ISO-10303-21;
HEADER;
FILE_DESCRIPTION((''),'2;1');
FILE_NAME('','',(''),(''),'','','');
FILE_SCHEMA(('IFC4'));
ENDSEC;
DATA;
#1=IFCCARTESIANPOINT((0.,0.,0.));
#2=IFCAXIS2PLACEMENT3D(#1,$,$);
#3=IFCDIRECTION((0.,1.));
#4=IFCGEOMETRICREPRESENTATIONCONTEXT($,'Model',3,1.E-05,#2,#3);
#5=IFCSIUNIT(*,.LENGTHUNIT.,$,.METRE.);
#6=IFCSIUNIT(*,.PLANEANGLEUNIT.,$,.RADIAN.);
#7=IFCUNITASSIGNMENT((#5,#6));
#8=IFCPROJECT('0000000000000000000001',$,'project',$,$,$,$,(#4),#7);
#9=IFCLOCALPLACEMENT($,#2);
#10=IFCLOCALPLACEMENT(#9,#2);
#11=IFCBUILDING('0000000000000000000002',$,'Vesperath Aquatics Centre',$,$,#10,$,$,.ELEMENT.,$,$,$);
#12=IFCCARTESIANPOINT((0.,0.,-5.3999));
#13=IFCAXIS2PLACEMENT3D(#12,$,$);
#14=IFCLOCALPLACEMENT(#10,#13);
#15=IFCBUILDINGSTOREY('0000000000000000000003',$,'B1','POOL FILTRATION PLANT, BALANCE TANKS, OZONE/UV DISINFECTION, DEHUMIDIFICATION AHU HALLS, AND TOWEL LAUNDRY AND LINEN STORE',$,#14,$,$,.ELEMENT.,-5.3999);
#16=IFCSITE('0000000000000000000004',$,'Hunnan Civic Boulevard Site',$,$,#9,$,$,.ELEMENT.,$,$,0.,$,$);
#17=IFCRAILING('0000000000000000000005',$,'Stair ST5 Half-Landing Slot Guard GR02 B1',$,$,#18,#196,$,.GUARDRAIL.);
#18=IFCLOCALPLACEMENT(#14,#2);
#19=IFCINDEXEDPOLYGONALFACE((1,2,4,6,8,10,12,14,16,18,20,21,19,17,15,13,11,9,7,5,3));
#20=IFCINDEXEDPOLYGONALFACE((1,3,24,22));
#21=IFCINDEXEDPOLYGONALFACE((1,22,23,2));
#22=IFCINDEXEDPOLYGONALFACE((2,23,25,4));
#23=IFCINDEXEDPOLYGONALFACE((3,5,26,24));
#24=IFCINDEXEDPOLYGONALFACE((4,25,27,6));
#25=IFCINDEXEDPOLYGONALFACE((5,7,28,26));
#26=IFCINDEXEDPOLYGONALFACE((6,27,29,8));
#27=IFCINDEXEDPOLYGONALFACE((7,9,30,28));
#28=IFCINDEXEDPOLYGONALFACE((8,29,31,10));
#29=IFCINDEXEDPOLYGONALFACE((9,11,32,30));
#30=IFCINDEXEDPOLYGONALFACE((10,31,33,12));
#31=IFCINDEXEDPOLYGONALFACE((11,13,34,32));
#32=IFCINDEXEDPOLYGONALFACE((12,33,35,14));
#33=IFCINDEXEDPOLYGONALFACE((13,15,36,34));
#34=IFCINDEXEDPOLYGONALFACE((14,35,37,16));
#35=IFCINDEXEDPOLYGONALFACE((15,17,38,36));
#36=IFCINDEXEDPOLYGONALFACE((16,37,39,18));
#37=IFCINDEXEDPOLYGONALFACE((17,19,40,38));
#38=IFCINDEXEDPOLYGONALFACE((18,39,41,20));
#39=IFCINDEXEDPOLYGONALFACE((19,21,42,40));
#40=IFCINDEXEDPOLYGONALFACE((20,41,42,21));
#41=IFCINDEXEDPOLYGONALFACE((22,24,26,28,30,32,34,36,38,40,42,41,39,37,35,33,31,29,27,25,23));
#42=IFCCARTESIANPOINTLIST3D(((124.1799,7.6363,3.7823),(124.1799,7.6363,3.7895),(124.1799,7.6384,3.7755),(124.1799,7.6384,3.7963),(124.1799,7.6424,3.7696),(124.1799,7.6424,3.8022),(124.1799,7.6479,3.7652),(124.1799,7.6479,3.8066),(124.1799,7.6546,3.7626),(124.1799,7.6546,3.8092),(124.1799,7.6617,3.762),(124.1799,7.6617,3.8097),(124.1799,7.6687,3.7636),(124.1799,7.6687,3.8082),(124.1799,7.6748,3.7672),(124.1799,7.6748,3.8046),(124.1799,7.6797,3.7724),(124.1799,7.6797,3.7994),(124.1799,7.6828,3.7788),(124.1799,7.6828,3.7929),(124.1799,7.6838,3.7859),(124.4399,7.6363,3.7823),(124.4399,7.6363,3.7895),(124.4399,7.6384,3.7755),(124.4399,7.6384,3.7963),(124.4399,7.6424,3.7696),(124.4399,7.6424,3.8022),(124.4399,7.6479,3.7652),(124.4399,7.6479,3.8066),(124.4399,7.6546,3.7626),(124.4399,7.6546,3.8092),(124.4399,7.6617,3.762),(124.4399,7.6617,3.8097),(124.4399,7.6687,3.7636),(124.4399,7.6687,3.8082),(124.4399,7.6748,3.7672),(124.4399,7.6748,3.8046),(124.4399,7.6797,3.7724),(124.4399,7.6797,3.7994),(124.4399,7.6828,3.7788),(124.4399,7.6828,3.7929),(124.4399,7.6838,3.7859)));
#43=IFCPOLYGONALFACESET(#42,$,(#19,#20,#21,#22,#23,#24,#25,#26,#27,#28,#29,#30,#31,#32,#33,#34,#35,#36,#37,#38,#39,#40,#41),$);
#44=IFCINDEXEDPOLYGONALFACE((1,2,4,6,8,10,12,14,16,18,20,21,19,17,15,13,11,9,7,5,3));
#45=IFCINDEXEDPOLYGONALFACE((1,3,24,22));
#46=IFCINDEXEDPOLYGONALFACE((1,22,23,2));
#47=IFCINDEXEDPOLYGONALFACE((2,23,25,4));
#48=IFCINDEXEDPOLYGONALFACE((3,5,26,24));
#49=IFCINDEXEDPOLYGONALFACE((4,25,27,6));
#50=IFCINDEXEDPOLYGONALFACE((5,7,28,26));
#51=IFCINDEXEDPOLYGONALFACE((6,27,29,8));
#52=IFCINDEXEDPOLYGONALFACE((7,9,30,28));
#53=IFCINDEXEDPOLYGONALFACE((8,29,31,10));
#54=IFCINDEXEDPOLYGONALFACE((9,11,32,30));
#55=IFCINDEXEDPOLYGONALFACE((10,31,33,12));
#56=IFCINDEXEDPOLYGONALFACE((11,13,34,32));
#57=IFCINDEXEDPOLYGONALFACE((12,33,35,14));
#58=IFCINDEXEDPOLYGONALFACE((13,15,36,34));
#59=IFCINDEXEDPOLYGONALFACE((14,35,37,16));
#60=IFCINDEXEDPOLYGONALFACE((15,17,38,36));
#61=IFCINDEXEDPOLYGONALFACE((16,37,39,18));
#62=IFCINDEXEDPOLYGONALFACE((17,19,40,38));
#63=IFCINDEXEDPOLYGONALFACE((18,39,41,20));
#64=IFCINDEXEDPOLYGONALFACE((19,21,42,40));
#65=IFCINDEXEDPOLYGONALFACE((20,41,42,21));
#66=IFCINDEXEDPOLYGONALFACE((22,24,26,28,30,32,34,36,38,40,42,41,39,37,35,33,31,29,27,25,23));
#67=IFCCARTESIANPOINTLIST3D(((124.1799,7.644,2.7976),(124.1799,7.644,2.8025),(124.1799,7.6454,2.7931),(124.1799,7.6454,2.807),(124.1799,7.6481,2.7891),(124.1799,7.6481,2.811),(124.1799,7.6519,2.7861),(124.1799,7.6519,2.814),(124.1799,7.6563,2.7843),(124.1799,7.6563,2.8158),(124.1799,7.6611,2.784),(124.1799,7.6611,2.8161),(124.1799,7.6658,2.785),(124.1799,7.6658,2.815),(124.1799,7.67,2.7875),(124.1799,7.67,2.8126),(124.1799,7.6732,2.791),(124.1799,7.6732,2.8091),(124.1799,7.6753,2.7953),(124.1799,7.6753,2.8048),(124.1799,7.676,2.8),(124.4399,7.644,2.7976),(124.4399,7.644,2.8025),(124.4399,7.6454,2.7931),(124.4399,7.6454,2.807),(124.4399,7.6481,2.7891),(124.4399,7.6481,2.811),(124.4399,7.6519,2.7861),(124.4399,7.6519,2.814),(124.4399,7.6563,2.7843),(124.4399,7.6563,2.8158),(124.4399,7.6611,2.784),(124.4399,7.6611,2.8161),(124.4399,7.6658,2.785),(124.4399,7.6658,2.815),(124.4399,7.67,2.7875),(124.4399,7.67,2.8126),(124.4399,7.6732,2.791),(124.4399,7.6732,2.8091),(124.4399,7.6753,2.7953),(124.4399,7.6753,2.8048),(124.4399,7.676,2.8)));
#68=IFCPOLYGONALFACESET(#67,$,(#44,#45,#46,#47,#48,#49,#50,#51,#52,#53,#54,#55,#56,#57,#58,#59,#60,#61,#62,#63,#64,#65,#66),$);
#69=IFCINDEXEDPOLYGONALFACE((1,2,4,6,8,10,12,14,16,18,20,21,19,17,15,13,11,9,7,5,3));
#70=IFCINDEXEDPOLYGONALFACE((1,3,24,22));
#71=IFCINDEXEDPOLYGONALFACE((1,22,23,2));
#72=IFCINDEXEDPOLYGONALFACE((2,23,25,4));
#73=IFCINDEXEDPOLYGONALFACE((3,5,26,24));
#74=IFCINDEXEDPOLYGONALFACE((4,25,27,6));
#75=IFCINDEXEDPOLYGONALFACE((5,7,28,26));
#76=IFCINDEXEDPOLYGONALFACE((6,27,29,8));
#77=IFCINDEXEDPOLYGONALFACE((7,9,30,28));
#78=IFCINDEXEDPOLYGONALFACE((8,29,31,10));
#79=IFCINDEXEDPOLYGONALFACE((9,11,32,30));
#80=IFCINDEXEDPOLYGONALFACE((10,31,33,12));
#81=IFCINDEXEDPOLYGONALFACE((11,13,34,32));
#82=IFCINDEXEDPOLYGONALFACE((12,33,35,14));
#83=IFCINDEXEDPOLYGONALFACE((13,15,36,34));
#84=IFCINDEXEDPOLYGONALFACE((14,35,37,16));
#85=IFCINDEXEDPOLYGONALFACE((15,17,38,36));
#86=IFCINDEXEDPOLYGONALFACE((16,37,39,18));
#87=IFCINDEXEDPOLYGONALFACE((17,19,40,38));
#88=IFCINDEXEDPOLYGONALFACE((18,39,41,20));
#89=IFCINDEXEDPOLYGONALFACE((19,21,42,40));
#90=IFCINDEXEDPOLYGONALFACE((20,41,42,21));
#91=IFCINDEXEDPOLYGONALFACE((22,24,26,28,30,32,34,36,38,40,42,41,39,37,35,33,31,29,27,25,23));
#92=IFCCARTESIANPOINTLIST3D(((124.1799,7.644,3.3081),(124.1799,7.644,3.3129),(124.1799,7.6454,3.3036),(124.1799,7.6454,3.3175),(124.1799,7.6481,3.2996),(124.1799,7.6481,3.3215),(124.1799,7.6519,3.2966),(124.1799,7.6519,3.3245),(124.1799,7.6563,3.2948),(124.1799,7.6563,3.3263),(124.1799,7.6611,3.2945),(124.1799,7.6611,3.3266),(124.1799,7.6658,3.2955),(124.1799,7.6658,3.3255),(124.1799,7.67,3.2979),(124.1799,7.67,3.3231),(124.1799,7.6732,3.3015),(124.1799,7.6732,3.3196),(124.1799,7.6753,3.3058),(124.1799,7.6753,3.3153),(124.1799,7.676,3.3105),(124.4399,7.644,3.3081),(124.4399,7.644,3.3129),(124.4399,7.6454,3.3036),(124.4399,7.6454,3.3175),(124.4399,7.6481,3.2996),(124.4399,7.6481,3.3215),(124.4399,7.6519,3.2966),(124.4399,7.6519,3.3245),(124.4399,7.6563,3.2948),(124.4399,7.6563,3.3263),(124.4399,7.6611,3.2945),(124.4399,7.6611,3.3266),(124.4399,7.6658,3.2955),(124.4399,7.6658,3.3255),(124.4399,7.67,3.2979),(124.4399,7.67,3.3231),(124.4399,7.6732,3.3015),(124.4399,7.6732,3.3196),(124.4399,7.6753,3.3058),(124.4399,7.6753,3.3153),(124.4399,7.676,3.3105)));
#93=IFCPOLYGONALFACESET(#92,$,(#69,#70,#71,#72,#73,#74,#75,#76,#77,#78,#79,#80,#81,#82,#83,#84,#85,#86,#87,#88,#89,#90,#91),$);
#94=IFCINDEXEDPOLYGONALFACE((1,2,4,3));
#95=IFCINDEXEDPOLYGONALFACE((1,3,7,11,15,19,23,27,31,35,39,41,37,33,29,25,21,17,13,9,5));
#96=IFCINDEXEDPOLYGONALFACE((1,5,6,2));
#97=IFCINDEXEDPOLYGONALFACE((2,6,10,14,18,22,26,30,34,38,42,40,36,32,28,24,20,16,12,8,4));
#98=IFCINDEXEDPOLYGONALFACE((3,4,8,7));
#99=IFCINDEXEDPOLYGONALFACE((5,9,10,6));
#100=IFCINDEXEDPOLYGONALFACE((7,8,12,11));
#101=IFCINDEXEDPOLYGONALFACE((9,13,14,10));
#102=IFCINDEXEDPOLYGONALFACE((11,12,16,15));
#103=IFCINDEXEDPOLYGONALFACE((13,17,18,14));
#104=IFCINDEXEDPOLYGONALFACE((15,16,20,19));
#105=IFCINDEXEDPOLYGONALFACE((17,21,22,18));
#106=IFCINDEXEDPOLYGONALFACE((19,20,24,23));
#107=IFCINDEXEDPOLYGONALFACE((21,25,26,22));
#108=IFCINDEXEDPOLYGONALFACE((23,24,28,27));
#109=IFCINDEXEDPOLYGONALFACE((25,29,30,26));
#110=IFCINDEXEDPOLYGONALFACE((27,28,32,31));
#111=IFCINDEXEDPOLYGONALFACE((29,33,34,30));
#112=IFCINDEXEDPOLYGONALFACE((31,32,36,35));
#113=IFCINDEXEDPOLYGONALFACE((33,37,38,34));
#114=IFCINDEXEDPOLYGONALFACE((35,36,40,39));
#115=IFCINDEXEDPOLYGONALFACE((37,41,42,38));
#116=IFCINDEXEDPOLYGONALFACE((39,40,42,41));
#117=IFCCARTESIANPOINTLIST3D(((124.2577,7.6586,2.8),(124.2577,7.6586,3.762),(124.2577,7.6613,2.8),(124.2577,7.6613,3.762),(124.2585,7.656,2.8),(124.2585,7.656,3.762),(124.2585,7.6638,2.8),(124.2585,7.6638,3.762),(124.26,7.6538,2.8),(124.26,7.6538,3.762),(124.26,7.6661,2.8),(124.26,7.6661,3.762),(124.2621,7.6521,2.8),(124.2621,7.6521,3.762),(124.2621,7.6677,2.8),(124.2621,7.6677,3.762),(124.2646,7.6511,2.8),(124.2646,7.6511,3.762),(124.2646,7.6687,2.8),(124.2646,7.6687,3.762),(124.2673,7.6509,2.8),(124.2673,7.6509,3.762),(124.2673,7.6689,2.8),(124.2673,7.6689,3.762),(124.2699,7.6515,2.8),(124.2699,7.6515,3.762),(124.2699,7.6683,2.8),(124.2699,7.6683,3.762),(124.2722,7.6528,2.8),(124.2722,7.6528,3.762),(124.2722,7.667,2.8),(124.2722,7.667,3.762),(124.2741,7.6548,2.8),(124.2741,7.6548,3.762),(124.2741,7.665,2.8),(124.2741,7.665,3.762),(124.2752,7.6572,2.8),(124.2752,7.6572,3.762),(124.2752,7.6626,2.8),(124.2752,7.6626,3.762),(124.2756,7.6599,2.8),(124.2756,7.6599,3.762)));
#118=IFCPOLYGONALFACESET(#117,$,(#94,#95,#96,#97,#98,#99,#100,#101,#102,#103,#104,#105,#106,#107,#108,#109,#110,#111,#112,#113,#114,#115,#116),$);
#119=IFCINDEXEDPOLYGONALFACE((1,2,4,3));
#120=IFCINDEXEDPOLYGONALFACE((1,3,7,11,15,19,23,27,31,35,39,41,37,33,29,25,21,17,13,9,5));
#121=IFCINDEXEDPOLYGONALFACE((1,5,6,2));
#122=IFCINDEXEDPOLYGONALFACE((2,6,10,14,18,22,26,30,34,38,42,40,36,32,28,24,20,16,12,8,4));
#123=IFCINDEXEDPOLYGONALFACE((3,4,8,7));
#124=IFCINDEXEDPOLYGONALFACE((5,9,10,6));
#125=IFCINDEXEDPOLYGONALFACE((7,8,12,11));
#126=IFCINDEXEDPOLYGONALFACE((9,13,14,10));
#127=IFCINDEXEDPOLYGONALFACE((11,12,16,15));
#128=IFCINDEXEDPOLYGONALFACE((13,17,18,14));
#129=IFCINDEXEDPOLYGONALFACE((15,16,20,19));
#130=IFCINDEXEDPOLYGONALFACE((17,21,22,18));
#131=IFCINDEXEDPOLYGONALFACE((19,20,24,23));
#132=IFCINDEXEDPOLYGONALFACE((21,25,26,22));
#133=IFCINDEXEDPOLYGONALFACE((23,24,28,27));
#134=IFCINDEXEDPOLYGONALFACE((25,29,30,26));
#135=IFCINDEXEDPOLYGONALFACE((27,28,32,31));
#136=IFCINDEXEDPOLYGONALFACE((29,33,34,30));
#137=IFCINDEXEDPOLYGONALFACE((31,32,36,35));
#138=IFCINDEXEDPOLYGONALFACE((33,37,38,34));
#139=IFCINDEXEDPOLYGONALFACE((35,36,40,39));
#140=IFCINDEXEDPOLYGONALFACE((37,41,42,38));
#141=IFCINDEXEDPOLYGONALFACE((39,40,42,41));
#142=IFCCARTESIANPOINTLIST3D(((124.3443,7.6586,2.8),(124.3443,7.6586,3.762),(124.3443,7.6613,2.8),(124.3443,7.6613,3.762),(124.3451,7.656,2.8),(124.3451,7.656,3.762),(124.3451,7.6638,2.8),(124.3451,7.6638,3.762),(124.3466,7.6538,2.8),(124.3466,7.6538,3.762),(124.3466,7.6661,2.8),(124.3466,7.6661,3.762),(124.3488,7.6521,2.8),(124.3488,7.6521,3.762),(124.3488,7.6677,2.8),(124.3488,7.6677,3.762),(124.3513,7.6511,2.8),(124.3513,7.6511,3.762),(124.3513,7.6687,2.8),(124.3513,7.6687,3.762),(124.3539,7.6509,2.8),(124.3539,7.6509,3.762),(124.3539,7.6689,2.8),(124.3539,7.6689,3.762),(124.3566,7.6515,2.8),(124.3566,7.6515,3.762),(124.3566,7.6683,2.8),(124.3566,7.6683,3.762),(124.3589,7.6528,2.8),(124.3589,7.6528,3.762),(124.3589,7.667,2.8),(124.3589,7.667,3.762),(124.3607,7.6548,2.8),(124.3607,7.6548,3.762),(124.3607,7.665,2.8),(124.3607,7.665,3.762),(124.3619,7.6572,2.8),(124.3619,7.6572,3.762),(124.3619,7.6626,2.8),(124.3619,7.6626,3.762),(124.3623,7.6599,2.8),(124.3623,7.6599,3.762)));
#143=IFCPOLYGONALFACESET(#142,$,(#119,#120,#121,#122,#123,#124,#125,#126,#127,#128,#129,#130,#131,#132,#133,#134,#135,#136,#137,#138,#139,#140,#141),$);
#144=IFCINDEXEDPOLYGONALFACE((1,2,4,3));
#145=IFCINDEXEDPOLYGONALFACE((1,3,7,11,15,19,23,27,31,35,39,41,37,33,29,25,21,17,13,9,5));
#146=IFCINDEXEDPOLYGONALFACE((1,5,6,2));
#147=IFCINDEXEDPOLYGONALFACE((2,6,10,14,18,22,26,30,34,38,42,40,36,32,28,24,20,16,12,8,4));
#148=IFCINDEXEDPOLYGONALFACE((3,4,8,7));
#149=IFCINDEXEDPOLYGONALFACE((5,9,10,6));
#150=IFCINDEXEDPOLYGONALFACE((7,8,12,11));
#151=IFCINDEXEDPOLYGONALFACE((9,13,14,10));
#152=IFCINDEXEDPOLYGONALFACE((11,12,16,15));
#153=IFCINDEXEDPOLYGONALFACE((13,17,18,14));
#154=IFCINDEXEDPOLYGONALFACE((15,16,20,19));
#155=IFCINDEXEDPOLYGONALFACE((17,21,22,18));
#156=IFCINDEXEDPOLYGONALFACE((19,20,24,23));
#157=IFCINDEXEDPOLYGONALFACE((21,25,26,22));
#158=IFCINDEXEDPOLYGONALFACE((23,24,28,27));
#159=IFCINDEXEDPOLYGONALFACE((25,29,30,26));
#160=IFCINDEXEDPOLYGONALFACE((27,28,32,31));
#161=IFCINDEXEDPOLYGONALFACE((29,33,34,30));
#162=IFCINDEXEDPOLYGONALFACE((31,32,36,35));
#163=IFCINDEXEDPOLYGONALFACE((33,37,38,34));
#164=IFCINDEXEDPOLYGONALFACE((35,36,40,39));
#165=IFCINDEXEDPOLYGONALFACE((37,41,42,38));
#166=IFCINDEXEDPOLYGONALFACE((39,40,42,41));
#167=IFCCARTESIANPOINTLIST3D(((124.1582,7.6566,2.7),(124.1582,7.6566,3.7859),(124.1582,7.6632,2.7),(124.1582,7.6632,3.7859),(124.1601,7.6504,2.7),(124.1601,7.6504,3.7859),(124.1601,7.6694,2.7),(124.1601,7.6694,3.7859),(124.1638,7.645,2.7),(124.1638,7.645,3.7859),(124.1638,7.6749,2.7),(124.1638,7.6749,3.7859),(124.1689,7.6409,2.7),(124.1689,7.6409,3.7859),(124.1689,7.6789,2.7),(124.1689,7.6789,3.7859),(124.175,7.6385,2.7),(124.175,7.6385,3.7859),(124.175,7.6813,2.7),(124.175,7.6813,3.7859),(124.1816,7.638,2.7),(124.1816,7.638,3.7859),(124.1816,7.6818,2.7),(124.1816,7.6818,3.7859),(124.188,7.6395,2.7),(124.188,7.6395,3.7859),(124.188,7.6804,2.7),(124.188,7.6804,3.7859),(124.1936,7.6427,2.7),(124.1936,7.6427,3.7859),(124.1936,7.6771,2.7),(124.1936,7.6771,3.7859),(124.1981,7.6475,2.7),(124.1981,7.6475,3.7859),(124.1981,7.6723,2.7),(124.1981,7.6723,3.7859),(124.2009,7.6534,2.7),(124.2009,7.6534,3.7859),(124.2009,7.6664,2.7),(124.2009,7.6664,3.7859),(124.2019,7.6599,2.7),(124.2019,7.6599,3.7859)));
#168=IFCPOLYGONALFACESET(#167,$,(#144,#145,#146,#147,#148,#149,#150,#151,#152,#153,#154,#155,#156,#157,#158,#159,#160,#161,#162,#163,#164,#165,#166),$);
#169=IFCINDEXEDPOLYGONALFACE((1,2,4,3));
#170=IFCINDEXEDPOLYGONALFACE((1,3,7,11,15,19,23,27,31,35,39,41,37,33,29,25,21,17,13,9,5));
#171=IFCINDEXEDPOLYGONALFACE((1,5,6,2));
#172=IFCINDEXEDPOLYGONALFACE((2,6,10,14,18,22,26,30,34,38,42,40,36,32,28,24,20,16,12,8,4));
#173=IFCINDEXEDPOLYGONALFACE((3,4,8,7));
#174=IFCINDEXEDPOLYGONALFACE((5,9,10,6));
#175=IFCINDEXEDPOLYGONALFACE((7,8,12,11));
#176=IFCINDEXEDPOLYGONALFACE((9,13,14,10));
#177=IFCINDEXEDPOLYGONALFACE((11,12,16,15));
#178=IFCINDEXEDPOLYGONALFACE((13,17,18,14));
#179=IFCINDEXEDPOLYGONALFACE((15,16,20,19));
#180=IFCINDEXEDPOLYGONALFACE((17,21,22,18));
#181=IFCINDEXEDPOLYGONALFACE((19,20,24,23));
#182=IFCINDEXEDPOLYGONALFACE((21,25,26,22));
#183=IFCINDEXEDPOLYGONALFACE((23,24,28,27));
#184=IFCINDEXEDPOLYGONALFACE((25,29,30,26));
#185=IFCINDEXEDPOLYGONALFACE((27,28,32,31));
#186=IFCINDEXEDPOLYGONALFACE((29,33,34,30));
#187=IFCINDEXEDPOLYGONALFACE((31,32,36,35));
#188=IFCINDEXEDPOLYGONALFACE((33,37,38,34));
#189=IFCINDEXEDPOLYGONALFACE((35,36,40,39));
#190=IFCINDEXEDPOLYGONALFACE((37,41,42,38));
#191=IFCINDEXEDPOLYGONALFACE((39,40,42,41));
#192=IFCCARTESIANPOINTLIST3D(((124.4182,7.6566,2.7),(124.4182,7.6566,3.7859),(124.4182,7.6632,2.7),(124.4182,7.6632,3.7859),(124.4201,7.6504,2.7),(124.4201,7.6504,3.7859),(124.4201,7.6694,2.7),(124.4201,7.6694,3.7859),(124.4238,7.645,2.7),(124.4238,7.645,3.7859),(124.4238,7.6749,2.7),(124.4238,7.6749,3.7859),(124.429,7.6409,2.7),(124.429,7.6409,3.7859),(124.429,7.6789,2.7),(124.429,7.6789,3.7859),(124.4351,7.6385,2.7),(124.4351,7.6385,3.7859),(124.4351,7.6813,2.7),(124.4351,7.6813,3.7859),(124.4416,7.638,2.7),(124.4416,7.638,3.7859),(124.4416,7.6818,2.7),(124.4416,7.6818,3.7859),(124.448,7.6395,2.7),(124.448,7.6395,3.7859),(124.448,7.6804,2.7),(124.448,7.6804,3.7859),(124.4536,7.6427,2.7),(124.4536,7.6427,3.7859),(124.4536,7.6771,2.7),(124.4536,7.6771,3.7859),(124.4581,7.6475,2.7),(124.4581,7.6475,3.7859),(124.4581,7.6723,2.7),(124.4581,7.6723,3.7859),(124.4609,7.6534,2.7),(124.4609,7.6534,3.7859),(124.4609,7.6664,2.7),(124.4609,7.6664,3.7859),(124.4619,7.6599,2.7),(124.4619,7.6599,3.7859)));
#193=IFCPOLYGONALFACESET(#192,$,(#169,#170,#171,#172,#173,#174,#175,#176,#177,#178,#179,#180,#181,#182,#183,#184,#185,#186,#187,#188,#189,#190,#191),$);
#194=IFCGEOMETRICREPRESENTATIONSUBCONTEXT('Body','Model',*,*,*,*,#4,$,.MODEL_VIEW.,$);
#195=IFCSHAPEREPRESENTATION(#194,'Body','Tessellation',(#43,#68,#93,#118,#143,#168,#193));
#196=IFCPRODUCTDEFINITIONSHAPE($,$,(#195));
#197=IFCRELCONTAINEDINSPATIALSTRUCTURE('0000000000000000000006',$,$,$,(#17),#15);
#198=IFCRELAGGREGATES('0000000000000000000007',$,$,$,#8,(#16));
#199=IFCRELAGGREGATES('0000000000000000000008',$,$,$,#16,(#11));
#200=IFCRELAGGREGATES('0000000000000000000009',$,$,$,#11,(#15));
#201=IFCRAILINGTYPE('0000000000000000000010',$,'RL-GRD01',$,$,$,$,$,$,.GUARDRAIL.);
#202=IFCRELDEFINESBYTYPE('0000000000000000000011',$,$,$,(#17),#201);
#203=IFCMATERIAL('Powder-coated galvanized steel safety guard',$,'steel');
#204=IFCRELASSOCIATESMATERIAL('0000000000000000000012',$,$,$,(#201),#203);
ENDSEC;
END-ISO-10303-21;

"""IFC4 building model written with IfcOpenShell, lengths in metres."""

from ifc_helpers import new_model, si_unit, direction, frame, origin, origin_2d, place, context, subcontext, project, spatial, circle, extrude, material, type_object, element, save


model = new_model("IFC4")

# Units and contexts
model_context = context("Model", 3, precision=1e-05, world=origin(), true_north=direction((0.0, 1.0)))
body_context = subcontext(model_context, "Body", "Model", "MODEL_VIEW")
ifc_project = project(units=[si_unit("LENGTHUNIT", "METRE"), si_unit("PLANEANGLEUNIT", "RADIAN")], contexts=[model_context])

# Site, building, storey
site_placement = place(None, origin())
site = spatial("IfcSite", under=ifc_project, at=site_placement, Name="Hunnan Civic Boulevard Site", CompositionType="ELEMENT", RefElevation=0.0)
building_placement = place(site_placement, origin())
building = spatial("IfcBuilding", under=site, at=building_placement, Name="Vesperath Aquatics Centre", CompositionType="ELEMENT")
storey_placement = place(building_placement, frame((0.0, 0.0, -5.3999)))
storey = spatial("IfcBuildingStorey", under=building, at=storey_placement, Name="B1", Description="POOL FILTRATION PLANT, BALANCE TANKS, OZONE/UV DISINFECTION, DEHUMIDIFICATION AHU HALLS, AND TOWEL LAUNDRY AND LINEN STORE", CompositionType="ELEMENT", Elevation=-5.3999)

# Railing
ifc_material_1 = material(Name="Powder-coated galvanized steel safety guard", Category="steel")
railing_type_1 = type_object("IfcRailingType", Name="RL-GRD01", PredefinedType="GUARDRAIL", material=ifc_material_1)
railing_1_placement = place(storey_placement, frame((124.1799, 7.6599, 2.7)))
element("IfcRailing", 1, at=railing_1_placement, inside=storey, type_object=railing_type_1, Name="Stair ST5 Half-Landing Slot Guard GR02 B1", PredefinedType="GUARDRAIL", context=body_context, shape_type="SweptSolid", body=[
    extrude(circle(Radius=0.0239, at=origin_2d()), frame((0.0, 0.0, 1.0859), z_axis=(1.0, 0.0, 0.0), x_axis=(0.0, 1.0, 0.0)), (0.0, 0.0, 1.0), 0.26),
    extrude(circle(Radius=0.0161, at=origin_2d()), frame((0.0, 0.0, 0.1001), z_axis=(1.0, 0.0, 0.0), x_axis=(0.0, 1.0, 0.0)), (0.0, 0.0, 1.0), 0.26),
    extrude(circle(Radius=0.0161, at=origin_2d()), frame((0.0, 0.0, 0.6106), z_axis=(1.0, 0.0, 0.0), x_axis=(0.0, 1.0, 0.0)), (0.0, 0.0, 1.0), 0.26),
    extrude(circle(Radius=0.009, at=origin_2d()), frame((0.0867, 0.0, 0.1001)), (0.0, 0.0, 1.0), 0.9619),
    extrude(circle(Radius=0.009, at=origin_2d()), frame((0.1733, 0.0, 0.1001)), (0.0, 0.0, 1.0), 0.9619),
    extrude(circle(Radius=0.022, at=origin_2d()), origin(), (0.0, 0.0, 1.0), 1.0859),
    extrude(circle(Radius=0.022, at=origin_2d()), frame((0.26, 0.0, 0.0)), (0.0, 0.0, 1.0), 1.0859),
])

save(model, "model.ifc")
